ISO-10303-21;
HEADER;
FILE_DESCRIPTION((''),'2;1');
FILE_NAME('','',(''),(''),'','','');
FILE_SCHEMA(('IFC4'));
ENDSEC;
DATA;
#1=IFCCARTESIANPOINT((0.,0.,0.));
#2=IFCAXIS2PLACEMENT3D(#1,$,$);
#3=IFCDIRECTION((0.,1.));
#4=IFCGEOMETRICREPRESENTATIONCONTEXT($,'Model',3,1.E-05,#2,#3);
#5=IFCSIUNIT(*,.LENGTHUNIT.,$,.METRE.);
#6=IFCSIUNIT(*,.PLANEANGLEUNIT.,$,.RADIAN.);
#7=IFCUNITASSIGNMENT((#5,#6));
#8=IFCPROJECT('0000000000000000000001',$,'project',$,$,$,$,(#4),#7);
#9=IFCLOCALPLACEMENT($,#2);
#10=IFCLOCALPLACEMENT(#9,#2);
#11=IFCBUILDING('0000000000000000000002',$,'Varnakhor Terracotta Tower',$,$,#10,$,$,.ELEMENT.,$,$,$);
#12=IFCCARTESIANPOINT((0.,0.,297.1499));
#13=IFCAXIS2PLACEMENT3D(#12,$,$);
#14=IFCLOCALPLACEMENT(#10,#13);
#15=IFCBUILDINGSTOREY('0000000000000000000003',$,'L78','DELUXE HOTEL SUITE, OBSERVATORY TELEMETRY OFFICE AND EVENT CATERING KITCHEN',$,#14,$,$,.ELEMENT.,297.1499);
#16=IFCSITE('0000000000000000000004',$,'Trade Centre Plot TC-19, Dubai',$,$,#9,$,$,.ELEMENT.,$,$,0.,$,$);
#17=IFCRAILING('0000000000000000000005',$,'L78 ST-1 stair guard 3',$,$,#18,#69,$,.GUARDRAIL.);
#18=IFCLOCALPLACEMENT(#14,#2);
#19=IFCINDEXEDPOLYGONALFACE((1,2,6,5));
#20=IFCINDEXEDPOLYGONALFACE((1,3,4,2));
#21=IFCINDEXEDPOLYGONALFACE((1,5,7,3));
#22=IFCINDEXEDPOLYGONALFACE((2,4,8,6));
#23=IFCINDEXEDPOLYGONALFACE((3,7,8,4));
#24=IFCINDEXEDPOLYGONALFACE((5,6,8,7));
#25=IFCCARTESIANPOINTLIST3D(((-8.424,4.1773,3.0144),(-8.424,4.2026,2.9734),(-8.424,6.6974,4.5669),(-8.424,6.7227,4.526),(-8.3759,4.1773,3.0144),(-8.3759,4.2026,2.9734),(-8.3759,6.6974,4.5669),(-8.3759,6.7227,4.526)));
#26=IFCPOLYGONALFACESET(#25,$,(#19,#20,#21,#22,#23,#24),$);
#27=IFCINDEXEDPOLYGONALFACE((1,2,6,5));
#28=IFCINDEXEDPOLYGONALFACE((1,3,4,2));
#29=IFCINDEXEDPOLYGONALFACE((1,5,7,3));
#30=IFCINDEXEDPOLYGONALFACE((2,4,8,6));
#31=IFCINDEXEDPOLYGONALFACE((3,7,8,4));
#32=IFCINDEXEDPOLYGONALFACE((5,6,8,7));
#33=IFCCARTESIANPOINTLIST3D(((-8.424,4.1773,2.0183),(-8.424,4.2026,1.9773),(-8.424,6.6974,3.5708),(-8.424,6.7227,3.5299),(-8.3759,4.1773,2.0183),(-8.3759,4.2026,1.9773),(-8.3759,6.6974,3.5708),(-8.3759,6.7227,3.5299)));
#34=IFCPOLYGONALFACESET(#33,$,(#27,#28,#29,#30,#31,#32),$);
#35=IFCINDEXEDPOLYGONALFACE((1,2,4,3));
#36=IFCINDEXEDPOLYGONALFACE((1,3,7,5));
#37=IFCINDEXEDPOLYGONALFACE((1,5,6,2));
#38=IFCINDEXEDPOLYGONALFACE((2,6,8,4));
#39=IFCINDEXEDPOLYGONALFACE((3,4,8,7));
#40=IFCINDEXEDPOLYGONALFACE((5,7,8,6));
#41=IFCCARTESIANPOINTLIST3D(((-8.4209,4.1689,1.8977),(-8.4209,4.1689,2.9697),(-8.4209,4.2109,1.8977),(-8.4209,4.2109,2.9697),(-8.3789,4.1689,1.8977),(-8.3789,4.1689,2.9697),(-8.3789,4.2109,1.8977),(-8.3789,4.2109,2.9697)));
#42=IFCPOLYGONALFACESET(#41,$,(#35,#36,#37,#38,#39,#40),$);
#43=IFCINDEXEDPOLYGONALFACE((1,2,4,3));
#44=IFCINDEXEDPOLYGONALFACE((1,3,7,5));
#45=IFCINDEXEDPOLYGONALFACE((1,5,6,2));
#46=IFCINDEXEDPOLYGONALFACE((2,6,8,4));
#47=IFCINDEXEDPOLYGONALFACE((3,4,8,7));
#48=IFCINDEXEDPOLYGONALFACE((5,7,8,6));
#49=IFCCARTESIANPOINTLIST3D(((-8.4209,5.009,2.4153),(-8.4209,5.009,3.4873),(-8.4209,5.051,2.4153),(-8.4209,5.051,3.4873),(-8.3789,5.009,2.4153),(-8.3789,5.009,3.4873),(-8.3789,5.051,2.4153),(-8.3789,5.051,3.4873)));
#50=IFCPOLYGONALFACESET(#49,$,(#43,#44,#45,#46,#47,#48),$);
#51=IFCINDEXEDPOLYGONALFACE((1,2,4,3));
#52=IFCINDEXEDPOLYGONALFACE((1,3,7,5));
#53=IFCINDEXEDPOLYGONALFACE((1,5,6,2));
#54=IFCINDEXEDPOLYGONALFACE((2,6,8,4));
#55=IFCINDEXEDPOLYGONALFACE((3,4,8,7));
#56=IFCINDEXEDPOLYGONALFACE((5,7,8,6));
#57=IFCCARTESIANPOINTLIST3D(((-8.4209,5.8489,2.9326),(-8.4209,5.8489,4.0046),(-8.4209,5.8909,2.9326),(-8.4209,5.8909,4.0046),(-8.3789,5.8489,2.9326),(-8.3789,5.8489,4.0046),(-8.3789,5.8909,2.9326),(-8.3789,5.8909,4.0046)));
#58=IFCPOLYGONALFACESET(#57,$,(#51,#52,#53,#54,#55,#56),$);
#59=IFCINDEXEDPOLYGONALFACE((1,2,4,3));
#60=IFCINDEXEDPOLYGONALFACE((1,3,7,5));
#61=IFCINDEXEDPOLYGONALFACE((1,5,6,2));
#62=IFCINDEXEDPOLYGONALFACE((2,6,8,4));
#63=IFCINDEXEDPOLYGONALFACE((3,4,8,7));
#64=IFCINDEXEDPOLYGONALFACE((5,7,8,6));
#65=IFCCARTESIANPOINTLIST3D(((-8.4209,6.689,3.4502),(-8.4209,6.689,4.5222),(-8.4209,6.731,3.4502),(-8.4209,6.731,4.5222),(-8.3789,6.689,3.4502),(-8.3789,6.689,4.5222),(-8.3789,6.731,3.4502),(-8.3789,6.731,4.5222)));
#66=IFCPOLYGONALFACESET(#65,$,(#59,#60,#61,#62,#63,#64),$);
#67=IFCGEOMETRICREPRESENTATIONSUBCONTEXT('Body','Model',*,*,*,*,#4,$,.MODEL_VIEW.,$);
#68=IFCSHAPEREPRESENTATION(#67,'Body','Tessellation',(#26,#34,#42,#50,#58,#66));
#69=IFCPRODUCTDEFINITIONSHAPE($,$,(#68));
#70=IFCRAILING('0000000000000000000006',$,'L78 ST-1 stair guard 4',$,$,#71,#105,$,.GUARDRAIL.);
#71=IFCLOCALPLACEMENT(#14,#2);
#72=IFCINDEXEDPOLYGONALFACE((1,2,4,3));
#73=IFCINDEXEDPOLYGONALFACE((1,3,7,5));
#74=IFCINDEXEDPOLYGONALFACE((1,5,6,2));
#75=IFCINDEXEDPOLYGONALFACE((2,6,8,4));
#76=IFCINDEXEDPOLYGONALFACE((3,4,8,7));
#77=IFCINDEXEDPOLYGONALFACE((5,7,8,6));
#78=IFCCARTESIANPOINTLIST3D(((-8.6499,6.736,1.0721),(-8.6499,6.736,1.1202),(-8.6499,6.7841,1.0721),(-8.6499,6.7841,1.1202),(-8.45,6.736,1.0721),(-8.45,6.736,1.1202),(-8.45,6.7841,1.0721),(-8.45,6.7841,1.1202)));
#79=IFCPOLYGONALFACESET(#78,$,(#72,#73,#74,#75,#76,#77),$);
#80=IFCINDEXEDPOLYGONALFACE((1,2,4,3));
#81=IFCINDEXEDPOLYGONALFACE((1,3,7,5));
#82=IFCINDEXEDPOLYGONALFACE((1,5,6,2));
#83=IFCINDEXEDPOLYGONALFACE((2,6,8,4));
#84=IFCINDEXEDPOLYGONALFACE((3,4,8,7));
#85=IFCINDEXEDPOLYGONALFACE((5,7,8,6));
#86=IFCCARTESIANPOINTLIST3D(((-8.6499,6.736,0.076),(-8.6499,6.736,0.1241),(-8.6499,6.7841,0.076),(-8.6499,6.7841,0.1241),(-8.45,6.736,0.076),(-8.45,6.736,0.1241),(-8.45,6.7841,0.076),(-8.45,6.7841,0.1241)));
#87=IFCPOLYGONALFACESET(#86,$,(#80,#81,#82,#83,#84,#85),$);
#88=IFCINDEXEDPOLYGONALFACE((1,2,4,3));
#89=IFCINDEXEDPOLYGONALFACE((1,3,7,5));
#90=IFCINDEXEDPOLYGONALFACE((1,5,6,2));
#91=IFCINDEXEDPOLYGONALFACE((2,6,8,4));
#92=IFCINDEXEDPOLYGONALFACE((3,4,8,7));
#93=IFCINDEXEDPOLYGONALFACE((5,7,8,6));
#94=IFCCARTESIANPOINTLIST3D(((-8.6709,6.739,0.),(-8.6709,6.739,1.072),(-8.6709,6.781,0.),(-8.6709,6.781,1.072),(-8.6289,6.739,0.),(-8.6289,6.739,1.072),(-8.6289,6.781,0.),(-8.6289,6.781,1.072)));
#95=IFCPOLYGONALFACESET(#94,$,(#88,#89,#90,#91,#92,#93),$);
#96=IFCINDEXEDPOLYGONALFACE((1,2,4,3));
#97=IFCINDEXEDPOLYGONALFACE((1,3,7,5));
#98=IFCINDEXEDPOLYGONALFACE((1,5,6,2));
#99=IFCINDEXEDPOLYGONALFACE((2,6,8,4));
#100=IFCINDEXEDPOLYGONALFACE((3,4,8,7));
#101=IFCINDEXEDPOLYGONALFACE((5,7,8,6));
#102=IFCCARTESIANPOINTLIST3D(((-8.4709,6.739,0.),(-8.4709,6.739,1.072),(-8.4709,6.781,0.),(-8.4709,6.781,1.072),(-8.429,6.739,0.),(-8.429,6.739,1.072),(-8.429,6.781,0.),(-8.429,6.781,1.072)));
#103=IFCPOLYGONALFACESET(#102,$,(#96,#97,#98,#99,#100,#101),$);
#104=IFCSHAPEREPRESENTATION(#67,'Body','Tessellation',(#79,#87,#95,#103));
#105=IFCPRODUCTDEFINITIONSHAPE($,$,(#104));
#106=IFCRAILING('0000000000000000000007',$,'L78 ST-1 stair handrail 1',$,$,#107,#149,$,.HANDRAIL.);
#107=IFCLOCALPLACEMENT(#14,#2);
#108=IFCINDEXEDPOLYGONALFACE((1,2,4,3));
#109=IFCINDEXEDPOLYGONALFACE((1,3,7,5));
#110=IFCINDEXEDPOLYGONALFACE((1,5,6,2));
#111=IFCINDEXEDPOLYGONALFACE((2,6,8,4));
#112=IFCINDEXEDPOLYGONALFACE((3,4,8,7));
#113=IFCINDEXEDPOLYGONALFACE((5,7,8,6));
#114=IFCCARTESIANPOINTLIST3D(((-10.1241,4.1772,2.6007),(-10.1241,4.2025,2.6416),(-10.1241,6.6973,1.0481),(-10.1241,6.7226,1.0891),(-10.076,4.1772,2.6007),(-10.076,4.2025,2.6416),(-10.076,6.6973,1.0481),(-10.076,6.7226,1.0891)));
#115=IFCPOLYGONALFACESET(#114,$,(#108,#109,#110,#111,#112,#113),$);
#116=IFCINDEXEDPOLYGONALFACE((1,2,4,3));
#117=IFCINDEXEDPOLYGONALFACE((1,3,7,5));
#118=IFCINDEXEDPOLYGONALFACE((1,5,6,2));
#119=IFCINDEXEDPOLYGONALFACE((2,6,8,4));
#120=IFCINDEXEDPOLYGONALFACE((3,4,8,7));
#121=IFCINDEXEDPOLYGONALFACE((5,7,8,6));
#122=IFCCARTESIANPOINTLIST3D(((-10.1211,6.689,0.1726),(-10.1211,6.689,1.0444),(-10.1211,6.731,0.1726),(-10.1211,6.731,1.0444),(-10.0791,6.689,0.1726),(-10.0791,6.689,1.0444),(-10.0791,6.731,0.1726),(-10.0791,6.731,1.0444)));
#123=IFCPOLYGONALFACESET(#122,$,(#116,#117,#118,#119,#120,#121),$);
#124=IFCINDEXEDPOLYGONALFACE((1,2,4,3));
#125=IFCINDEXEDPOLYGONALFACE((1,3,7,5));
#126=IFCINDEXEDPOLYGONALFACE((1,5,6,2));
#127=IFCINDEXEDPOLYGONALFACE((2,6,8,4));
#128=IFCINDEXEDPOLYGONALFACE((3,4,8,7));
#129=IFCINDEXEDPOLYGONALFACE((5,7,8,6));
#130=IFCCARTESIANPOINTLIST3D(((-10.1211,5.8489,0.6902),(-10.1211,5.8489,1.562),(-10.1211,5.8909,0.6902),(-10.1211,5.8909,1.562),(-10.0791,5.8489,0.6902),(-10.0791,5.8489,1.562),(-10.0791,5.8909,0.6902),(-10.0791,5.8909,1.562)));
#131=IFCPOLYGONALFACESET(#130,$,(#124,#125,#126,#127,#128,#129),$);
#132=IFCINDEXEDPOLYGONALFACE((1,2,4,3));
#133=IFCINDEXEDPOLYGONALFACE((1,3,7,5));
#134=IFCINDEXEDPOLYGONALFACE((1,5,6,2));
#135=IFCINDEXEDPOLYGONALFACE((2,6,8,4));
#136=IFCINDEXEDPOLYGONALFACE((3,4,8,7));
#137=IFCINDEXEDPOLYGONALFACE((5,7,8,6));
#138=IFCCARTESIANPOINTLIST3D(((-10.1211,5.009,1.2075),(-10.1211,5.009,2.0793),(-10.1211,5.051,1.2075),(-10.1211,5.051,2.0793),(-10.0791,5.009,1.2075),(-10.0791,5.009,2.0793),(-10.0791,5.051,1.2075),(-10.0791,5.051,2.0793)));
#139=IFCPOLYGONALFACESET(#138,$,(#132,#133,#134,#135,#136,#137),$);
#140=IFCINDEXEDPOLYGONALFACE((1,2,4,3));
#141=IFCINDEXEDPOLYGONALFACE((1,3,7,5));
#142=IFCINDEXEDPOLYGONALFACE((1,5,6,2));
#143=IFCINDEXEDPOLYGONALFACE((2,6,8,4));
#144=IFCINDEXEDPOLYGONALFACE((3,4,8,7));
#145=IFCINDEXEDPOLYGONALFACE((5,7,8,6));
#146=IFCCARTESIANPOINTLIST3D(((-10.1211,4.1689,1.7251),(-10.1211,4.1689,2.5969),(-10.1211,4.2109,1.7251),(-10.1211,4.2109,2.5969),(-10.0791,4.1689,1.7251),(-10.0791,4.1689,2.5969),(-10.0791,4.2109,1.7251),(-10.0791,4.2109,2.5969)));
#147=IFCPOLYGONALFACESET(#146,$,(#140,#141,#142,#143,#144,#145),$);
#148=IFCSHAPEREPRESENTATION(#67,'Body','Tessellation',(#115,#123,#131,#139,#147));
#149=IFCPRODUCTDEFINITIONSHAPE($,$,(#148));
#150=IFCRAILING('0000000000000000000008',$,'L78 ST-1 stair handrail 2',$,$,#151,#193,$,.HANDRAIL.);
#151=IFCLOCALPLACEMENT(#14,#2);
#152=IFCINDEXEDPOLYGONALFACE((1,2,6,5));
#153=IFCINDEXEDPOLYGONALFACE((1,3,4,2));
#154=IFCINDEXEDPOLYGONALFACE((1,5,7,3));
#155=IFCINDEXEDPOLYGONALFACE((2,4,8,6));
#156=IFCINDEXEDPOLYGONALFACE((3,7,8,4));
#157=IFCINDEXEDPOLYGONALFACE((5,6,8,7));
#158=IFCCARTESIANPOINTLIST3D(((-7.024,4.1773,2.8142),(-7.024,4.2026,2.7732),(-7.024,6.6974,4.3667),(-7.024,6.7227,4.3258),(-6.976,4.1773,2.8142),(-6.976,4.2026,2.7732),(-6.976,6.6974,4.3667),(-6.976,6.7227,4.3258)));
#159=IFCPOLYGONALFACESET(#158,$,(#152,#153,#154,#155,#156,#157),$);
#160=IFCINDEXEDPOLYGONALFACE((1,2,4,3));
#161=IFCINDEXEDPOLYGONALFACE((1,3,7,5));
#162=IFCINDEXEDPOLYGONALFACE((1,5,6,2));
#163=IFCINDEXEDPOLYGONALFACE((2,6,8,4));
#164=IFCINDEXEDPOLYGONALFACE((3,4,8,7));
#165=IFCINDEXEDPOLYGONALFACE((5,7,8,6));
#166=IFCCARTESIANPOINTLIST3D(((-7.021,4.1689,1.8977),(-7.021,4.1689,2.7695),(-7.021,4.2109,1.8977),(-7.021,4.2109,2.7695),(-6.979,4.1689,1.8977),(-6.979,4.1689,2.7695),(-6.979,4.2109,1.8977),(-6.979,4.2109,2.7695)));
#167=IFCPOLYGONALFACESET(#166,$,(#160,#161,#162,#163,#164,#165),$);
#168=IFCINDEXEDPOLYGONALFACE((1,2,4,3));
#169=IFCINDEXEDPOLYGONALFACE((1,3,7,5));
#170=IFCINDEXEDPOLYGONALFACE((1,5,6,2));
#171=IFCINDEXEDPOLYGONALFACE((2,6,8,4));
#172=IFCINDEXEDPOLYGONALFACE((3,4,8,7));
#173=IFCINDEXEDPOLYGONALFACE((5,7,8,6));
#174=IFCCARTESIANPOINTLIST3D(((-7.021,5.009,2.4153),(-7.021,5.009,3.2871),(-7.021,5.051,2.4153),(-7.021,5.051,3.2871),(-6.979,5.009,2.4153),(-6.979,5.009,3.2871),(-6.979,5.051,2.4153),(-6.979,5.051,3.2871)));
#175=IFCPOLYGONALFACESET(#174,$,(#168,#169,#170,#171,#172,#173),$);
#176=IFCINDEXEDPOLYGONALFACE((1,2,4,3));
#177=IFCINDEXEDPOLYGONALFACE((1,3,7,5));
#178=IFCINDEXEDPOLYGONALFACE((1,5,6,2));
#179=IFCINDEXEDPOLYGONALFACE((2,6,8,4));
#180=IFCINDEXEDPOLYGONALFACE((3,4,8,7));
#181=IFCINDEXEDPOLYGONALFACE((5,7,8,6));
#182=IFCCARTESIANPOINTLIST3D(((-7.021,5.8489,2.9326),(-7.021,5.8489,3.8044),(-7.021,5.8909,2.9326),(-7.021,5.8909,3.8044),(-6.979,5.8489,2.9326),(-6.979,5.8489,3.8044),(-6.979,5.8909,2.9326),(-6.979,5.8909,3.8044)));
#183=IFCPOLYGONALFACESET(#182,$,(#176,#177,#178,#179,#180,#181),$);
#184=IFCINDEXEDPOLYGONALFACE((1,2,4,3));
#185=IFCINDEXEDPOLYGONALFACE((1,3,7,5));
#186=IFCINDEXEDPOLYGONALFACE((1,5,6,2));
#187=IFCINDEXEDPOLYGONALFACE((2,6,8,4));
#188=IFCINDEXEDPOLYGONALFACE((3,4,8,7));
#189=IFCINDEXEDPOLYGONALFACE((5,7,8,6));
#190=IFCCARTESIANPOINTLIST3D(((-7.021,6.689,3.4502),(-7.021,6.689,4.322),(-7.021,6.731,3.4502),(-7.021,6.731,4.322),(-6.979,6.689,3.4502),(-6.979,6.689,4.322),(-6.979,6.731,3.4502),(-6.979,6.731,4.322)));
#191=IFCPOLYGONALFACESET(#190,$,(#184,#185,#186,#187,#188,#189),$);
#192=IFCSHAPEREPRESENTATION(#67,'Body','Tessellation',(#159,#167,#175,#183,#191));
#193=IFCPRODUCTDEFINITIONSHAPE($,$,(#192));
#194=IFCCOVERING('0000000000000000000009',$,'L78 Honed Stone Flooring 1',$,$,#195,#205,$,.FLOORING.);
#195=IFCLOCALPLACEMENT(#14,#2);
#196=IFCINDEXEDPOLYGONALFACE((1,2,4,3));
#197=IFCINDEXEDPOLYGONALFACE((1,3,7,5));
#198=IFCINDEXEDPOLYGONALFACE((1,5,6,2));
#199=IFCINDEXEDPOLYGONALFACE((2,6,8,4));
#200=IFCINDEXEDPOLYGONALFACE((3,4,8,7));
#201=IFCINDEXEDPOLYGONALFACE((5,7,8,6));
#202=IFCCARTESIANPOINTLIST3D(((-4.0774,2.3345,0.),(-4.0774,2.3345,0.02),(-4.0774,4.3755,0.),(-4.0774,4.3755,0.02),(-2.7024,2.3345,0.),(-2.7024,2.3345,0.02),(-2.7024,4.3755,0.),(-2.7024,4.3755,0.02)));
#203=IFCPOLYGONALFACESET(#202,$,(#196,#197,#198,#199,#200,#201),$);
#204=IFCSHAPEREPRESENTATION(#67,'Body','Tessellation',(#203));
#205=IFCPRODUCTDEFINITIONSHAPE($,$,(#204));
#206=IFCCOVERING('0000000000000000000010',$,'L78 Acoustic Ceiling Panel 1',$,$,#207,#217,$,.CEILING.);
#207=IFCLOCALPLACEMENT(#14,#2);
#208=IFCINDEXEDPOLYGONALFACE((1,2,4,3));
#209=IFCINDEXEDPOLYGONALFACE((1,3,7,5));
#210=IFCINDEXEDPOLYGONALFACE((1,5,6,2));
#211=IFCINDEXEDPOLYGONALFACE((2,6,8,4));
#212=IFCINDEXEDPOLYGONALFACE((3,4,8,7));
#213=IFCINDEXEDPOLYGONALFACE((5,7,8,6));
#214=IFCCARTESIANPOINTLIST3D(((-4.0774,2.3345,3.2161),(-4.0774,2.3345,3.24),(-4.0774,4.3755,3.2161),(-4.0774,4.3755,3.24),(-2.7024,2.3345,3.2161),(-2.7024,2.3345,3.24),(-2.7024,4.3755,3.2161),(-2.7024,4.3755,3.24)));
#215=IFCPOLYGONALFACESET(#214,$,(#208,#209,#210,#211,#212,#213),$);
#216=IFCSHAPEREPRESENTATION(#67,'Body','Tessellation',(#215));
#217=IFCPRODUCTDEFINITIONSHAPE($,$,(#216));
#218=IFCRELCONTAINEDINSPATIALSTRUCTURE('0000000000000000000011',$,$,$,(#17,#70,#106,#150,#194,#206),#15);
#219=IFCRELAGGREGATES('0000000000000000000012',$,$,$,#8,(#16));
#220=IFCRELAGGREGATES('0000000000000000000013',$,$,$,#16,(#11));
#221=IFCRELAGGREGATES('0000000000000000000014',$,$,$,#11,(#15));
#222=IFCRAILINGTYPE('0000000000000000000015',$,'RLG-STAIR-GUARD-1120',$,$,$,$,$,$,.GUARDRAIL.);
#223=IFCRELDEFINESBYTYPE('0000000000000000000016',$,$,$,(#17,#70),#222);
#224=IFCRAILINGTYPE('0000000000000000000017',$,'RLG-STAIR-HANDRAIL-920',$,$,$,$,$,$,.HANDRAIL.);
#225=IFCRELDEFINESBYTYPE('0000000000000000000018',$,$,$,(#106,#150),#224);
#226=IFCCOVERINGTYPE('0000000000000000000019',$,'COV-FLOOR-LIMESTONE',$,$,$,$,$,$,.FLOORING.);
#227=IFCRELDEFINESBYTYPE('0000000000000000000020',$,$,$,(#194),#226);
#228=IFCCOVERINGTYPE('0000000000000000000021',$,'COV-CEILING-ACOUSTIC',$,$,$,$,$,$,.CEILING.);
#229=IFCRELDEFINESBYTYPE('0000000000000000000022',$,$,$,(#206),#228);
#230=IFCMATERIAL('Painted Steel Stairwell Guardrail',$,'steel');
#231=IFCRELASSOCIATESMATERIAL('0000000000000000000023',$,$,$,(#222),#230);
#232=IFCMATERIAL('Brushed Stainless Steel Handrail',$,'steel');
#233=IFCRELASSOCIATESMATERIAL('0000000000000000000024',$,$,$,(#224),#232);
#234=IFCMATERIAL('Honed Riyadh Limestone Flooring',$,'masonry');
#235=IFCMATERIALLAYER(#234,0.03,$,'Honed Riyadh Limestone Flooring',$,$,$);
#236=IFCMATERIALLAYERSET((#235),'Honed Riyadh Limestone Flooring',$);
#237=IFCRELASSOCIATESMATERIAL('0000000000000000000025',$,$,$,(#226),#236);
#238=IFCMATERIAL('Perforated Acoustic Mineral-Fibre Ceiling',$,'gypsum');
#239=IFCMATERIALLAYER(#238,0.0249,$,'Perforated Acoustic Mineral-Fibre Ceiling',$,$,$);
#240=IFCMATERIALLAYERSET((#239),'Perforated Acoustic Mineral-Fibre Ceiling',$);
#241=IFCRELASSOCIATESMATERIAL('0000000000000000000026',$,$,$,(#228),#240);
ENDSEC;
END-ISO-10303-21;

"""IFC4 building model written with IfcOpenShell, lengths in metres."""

from ifc_helpers import new_model, si_unit, direction, frame, origin, origin_2d, place, context, subcontext, project, spatial, rectangle, extrude, source, transform, mapped, material, layer, layer_set, type_object, element, save


model = new_model("IFC4")

# Units and contexts
model_context = context("Model", 3, precision=1e-05, world=origin(), true_north=direction((0.0, 1.0)))
body_context = subcontext(model_context, "Body", "Model", "MODEL_VIEW")
ifc_project = project(units=[si_unit("LENGTHUNIT", "METRE"), si_unit("PLANEANGLEUNIT", "RADIAN")], contexts=[model_context])

# Site, building, storey
site_placement = place(None, origin())
site = spatial("IfcSite", under=ifc_project, at=site_placement, Name="Trade Centre Plot TC-19, Dubai", CompositionType="ELEMENT", RefElevation=0.0)
building_placement = place(site_placement, origin())
building = spatial("IfcBuilding", under=site, at=building_placement, Name="Varnakhor Terracotta Tower", CompositionType="ELEMENT")
storey_placement = place(building_placement, frame((0.0, 0.0, 297.1499)))
storey = spatial("IfcBuildingStorey", under=building, at=storey_placement, Name="L78", Description="DELUXE HOTEL SUITE, OBSERVATORY TELEMETRY OFFICE AND EVENT CATERING KITCHEN", CompositionType="ELEMENT", Elevation=297.1499)

# Railings
ifc_material_1 = material(Name="Painted Steel Stairwell Guardrail", Category="steel")
railing_type_1 = type_object("IfcRailingType", Name="RLG-STAIR-GUARD-1120", PredefinedType="GUARDRAIL", material=ifc_material_1)
railing_1_placement = place(storey_placement, frame((-8.3999, 4.1899, 1.8977)))
element("IfcRailing", 1, at=railing_1_placement, inside=storey, type_object=railing_type_1, Name="L78 ST-1 stair guard 3", PredefinedType="GUARDRAIL", context=body_context, shape_type="SweptSolid", body=[
    extrude(rectangle(XDim=0.0481, YDim=0.0481, at=origin_2d()), frame((0.0, 0.0, 1.0962), z_axis=(0.0, 0.8514, 0.524516), x_axis=(-1.0, 0.0, 0.0)), (0.0, 0.0, 1.0), 2.96),
    extrude(rectangle(XDim=0.0481, YDim=0.0481, at=origin_2d()), frame((0.0, 0.0, 0.1001), z_axis=(0.0, 0.8514, 0.524516), x_axis=(-1.0, 0.0, 0.0)), (0.0, 0.0, 1.0), 2.96),
    extrude(rectangle(XDim=0.042, YDim=0.042, at=origin_2d()), origin(), (0.0, 0.0, 1.0), 1.072),
    extrude(rectangle(XDim=0.042, YDim=0.042, at=origin_2d()), frame((0.0, 0.8401, 0.5176)), (0.0, 0.0, 1.0), 1.072),
    extrude(rectangle(XDim=0.042, YDim=0.042, at=origin_2d()), frame((0.0, 1.6799, 1.0349)), (0.0, 0.0, 1.0), 1.072),
    extrude(rectangle(XDim=0.042, YDim=0.042, at=origin_2d()), frame((0.0, 2.52, 1.5525)), (0.0, 0.0, 1.0), 1.072),
])
railing_2_placement = place(storey_placement, frame((-8.6499, 6.76, 0.0)))
element("IfcRailing", 2, at=railing_2_placement, inside=storey, type_object=railing_type_1, Name="L78 ST-1 stair guard 4", PredefinedType="GUARDRAIL", context=body_context, shape_type="SweptSolid", body=[
    extrude(rectangle(XDim=0.0481, YDim=0.0481, at=origin_2d()), frame((0.0, 0.0, 1.0962), z_axis=(1.0, 0.0, 0.0), x_axis=(0.0, 1.0, 0.0)), (0.0, 0.0, 1.0), 0.2),
    extrude(rectangle(XDim=0.0481, YDim=0.0481, at=origin_2d()), frame((0.0, 0.0, 0.1001), z_axis=(1.0, 0.0, 0.0), x_axis=(0.0, 1.0, 0.0)), (0.0, 0.0, 1.0), 0.2),
    extrude(rectangle(XDim=0.042, YDim=0.042, at=origin_2d()), origin(), (0.0, 0.0, 1.0), 1.072),
    extrude(rectangle(XDim=0.042, YDim=0.042, at=origin_2d()), frame((0.2, 0.0, 0.0)), (0.0, 0.0, 1.0), 1.072),
])
ifc_material_2 = material(Name="Brushed Stainless Steel Handrail", Category="steel")
railing_type_2 = type_object("IfcRailingType", Name="RLG-STAIR-HANDRAIL-920", PredefinedType="HANDRAIL", material=ifc_material_2)
railing_3_placement = place(storey_placement, frame((-10.1001, 6.71, 0.1726)))
element("IfcRailing", 3, at=railing_3_placement, inside=storey, type_object=railing_type_2, Name="L78 ST-1 stair handrail 1", PredefinedType="HANDRAIL", context=body_context, shape_type="SweptSolid", body=[
    extrude(rectangle(XDim=0.0481, YDim=0.0481, at=origin_2d()), frame((0.0, 0.0, 0.896), z_axis=(0.0, -0.8514, 0.524516), x_axis=(1.0, 0.0, 0.0)), (0.0, 0.0, 1.0), 2.96),
    extrude(rectangle(XDim=0.042, YDim=0.042, at=origin_2d()), origin(), (0.0, 0.0, 1.0), 0.8718),
    extrude(rectangle(XDim=0.042, YDim=0.042, at=origin_2d()), frame((0.0, -0.8401, 0.5176)), (0.0, 0.0, 1.0), 0.8718),
    extrude(rectangle(XDim=0.042, YDim=0.042, at=origin_2d()), frame((0.0, -1.6799, 1.0349)), (0.0, 0.0, 1.0), 0.8718),
    extrude(rectangle(XDim=0.042, YDim=0.042, at=origin_2d()), frame((0.0, -2.52, 1.5525)), (0.0, 0.0, 1.0), 0.8718),
])
railing_4_placement = place(storey_placement, frame((-7.0, 4.1899, 1.8977)))
element("IfcRailing", 4, at=railing_4_placement, inside=storey, type_object=railing_type_2, Name="L78 ST-1 stair handrail 2", PredefinedType="HANDRAIL", context=body_context, shape_type="SweptSolid", body=[
    extrude(rectangle(XDim=0.0481, YDim=0.0481, at=origin_2d()), frame((0.0, 0.0, 0.896), z_axis=(0.0, 0.8514, 0.524516), x_axis=(-1.0, 0.0, 0.0)), (0.0, 0.0, 1.0), 2.96),
    extrude(rectangle(XDim=0.042, YDim=0.042, at=origin_2d()), origin(), (0.0, 0.0, 1.0), 0.8718),
    extrude(rectangle(XDim=0.042, YDim=0.042, at=origin_2d()), frame((0.0, 0.8401, 0.5176)), (0.0, 0.0, 1.0), 0.8718),
    extrude(rectangle(XDim=0.042, YDim=0.042, at=origin_2d()), frame((0.0, 1.6799, 1.0349)), (0.0, 0.0, 1.0), 0.8718),
    extrude(rectangle(XDim=0.042, YDim=0.042, at=origin_2d()), frame((0.0, 2.52, 1.5525)), (0.0, 0.0, 1.0), 0.8718),
])

# Coverings
ifc_material_3 = material(Name="Honed Riyadh Limestone Flooring", Category="masonry")
ifc_layer_1 = layer(ifc_material_3, 0.03, Name="Honed Riyadh Limestone Flooring")
ifc_layer_set_1 = layer_set([ifc_layer_1], Name="Honed Riyadh Limestone Flooring")
covering_type_1 = type_object("IfcCoveringType", Name="COV-FLOOR-LIMESTONE", PredefinedType="FLOORING", material=ifc_layer_set_1)
shared_shape_1 = source(origin(), body_context, "Body", "SweptSolid", [
    extrude(rectangle(XDim=1.375, YDim=2.041, at=origin_2d()), origin(), (0.0, 0.0, 1.0), 0.02),
])
covering_1_placement = place(storey_placement, frame((-3.3899, 3.355, 0.0), z_axis=(0.0, 0.0, 1.0), x_axis=(1.0, 0.0, 0.0)))
element("IfcCovering", 5, at=covering_1_placement, inside=storey, type_object=covering_type_1, Name="L78 Honed Stone Flooring 1", PredefinedType="FLOORING", context=body_context, shape_type="MappedRepresentation", body=[
    mapped(shared_shape_1, transform((0.0, 0.0, 0.0), scale=1.0)),
])
ifc_material_4 = material(Name="Perforated Acoustic Mineral-Fibre Ceiling", Category="gypsum")
ifc_layer_2 = layer(ifc_material_4, 0.0249, Name="Perforated Acoustic Mineral-Fibre Ceiling")
ifc_layer_set_2 = layer_set([ifc_layer_2], Name="Perforated Acoustic Mineral-Fibre Ceiling")
covering_type_2 = type_object("IfcCoveringType", Name="COV-CEILING-ACOUSTIC", PredefinedType="CEILING", material=ifc_layer_set_2)
shared_shape_2 = source(origin(), body_context, "Body", "SweptSolid", [
    extrude(rectangle(XDim=1.375, YDim=2.041, at=origin_2d()), origin(), (0.0, 0.0, 1.0), 0.0239),
])
covering_2_placement = place(storey_placement, frame((-3.3899, 3.355, 3.2161), z_axis=(0.0, 0.0, 1.0), x_axis=(1.0, 0.0, 0.0)))
element("IfcCovering", 6, at=covering_2_placement, inside=storey, type_object=covering_type_2, Name="L78 Acoustic Ceiling Panel 1", PredefinedType="CEILING", context=body_context, shape_type="MappedRepresentation", body=[
    mapped(shared_shape_2, transform((0.0, 0.0, 0.0), scale=1.0)),
])

save(model, "model.ifc")
